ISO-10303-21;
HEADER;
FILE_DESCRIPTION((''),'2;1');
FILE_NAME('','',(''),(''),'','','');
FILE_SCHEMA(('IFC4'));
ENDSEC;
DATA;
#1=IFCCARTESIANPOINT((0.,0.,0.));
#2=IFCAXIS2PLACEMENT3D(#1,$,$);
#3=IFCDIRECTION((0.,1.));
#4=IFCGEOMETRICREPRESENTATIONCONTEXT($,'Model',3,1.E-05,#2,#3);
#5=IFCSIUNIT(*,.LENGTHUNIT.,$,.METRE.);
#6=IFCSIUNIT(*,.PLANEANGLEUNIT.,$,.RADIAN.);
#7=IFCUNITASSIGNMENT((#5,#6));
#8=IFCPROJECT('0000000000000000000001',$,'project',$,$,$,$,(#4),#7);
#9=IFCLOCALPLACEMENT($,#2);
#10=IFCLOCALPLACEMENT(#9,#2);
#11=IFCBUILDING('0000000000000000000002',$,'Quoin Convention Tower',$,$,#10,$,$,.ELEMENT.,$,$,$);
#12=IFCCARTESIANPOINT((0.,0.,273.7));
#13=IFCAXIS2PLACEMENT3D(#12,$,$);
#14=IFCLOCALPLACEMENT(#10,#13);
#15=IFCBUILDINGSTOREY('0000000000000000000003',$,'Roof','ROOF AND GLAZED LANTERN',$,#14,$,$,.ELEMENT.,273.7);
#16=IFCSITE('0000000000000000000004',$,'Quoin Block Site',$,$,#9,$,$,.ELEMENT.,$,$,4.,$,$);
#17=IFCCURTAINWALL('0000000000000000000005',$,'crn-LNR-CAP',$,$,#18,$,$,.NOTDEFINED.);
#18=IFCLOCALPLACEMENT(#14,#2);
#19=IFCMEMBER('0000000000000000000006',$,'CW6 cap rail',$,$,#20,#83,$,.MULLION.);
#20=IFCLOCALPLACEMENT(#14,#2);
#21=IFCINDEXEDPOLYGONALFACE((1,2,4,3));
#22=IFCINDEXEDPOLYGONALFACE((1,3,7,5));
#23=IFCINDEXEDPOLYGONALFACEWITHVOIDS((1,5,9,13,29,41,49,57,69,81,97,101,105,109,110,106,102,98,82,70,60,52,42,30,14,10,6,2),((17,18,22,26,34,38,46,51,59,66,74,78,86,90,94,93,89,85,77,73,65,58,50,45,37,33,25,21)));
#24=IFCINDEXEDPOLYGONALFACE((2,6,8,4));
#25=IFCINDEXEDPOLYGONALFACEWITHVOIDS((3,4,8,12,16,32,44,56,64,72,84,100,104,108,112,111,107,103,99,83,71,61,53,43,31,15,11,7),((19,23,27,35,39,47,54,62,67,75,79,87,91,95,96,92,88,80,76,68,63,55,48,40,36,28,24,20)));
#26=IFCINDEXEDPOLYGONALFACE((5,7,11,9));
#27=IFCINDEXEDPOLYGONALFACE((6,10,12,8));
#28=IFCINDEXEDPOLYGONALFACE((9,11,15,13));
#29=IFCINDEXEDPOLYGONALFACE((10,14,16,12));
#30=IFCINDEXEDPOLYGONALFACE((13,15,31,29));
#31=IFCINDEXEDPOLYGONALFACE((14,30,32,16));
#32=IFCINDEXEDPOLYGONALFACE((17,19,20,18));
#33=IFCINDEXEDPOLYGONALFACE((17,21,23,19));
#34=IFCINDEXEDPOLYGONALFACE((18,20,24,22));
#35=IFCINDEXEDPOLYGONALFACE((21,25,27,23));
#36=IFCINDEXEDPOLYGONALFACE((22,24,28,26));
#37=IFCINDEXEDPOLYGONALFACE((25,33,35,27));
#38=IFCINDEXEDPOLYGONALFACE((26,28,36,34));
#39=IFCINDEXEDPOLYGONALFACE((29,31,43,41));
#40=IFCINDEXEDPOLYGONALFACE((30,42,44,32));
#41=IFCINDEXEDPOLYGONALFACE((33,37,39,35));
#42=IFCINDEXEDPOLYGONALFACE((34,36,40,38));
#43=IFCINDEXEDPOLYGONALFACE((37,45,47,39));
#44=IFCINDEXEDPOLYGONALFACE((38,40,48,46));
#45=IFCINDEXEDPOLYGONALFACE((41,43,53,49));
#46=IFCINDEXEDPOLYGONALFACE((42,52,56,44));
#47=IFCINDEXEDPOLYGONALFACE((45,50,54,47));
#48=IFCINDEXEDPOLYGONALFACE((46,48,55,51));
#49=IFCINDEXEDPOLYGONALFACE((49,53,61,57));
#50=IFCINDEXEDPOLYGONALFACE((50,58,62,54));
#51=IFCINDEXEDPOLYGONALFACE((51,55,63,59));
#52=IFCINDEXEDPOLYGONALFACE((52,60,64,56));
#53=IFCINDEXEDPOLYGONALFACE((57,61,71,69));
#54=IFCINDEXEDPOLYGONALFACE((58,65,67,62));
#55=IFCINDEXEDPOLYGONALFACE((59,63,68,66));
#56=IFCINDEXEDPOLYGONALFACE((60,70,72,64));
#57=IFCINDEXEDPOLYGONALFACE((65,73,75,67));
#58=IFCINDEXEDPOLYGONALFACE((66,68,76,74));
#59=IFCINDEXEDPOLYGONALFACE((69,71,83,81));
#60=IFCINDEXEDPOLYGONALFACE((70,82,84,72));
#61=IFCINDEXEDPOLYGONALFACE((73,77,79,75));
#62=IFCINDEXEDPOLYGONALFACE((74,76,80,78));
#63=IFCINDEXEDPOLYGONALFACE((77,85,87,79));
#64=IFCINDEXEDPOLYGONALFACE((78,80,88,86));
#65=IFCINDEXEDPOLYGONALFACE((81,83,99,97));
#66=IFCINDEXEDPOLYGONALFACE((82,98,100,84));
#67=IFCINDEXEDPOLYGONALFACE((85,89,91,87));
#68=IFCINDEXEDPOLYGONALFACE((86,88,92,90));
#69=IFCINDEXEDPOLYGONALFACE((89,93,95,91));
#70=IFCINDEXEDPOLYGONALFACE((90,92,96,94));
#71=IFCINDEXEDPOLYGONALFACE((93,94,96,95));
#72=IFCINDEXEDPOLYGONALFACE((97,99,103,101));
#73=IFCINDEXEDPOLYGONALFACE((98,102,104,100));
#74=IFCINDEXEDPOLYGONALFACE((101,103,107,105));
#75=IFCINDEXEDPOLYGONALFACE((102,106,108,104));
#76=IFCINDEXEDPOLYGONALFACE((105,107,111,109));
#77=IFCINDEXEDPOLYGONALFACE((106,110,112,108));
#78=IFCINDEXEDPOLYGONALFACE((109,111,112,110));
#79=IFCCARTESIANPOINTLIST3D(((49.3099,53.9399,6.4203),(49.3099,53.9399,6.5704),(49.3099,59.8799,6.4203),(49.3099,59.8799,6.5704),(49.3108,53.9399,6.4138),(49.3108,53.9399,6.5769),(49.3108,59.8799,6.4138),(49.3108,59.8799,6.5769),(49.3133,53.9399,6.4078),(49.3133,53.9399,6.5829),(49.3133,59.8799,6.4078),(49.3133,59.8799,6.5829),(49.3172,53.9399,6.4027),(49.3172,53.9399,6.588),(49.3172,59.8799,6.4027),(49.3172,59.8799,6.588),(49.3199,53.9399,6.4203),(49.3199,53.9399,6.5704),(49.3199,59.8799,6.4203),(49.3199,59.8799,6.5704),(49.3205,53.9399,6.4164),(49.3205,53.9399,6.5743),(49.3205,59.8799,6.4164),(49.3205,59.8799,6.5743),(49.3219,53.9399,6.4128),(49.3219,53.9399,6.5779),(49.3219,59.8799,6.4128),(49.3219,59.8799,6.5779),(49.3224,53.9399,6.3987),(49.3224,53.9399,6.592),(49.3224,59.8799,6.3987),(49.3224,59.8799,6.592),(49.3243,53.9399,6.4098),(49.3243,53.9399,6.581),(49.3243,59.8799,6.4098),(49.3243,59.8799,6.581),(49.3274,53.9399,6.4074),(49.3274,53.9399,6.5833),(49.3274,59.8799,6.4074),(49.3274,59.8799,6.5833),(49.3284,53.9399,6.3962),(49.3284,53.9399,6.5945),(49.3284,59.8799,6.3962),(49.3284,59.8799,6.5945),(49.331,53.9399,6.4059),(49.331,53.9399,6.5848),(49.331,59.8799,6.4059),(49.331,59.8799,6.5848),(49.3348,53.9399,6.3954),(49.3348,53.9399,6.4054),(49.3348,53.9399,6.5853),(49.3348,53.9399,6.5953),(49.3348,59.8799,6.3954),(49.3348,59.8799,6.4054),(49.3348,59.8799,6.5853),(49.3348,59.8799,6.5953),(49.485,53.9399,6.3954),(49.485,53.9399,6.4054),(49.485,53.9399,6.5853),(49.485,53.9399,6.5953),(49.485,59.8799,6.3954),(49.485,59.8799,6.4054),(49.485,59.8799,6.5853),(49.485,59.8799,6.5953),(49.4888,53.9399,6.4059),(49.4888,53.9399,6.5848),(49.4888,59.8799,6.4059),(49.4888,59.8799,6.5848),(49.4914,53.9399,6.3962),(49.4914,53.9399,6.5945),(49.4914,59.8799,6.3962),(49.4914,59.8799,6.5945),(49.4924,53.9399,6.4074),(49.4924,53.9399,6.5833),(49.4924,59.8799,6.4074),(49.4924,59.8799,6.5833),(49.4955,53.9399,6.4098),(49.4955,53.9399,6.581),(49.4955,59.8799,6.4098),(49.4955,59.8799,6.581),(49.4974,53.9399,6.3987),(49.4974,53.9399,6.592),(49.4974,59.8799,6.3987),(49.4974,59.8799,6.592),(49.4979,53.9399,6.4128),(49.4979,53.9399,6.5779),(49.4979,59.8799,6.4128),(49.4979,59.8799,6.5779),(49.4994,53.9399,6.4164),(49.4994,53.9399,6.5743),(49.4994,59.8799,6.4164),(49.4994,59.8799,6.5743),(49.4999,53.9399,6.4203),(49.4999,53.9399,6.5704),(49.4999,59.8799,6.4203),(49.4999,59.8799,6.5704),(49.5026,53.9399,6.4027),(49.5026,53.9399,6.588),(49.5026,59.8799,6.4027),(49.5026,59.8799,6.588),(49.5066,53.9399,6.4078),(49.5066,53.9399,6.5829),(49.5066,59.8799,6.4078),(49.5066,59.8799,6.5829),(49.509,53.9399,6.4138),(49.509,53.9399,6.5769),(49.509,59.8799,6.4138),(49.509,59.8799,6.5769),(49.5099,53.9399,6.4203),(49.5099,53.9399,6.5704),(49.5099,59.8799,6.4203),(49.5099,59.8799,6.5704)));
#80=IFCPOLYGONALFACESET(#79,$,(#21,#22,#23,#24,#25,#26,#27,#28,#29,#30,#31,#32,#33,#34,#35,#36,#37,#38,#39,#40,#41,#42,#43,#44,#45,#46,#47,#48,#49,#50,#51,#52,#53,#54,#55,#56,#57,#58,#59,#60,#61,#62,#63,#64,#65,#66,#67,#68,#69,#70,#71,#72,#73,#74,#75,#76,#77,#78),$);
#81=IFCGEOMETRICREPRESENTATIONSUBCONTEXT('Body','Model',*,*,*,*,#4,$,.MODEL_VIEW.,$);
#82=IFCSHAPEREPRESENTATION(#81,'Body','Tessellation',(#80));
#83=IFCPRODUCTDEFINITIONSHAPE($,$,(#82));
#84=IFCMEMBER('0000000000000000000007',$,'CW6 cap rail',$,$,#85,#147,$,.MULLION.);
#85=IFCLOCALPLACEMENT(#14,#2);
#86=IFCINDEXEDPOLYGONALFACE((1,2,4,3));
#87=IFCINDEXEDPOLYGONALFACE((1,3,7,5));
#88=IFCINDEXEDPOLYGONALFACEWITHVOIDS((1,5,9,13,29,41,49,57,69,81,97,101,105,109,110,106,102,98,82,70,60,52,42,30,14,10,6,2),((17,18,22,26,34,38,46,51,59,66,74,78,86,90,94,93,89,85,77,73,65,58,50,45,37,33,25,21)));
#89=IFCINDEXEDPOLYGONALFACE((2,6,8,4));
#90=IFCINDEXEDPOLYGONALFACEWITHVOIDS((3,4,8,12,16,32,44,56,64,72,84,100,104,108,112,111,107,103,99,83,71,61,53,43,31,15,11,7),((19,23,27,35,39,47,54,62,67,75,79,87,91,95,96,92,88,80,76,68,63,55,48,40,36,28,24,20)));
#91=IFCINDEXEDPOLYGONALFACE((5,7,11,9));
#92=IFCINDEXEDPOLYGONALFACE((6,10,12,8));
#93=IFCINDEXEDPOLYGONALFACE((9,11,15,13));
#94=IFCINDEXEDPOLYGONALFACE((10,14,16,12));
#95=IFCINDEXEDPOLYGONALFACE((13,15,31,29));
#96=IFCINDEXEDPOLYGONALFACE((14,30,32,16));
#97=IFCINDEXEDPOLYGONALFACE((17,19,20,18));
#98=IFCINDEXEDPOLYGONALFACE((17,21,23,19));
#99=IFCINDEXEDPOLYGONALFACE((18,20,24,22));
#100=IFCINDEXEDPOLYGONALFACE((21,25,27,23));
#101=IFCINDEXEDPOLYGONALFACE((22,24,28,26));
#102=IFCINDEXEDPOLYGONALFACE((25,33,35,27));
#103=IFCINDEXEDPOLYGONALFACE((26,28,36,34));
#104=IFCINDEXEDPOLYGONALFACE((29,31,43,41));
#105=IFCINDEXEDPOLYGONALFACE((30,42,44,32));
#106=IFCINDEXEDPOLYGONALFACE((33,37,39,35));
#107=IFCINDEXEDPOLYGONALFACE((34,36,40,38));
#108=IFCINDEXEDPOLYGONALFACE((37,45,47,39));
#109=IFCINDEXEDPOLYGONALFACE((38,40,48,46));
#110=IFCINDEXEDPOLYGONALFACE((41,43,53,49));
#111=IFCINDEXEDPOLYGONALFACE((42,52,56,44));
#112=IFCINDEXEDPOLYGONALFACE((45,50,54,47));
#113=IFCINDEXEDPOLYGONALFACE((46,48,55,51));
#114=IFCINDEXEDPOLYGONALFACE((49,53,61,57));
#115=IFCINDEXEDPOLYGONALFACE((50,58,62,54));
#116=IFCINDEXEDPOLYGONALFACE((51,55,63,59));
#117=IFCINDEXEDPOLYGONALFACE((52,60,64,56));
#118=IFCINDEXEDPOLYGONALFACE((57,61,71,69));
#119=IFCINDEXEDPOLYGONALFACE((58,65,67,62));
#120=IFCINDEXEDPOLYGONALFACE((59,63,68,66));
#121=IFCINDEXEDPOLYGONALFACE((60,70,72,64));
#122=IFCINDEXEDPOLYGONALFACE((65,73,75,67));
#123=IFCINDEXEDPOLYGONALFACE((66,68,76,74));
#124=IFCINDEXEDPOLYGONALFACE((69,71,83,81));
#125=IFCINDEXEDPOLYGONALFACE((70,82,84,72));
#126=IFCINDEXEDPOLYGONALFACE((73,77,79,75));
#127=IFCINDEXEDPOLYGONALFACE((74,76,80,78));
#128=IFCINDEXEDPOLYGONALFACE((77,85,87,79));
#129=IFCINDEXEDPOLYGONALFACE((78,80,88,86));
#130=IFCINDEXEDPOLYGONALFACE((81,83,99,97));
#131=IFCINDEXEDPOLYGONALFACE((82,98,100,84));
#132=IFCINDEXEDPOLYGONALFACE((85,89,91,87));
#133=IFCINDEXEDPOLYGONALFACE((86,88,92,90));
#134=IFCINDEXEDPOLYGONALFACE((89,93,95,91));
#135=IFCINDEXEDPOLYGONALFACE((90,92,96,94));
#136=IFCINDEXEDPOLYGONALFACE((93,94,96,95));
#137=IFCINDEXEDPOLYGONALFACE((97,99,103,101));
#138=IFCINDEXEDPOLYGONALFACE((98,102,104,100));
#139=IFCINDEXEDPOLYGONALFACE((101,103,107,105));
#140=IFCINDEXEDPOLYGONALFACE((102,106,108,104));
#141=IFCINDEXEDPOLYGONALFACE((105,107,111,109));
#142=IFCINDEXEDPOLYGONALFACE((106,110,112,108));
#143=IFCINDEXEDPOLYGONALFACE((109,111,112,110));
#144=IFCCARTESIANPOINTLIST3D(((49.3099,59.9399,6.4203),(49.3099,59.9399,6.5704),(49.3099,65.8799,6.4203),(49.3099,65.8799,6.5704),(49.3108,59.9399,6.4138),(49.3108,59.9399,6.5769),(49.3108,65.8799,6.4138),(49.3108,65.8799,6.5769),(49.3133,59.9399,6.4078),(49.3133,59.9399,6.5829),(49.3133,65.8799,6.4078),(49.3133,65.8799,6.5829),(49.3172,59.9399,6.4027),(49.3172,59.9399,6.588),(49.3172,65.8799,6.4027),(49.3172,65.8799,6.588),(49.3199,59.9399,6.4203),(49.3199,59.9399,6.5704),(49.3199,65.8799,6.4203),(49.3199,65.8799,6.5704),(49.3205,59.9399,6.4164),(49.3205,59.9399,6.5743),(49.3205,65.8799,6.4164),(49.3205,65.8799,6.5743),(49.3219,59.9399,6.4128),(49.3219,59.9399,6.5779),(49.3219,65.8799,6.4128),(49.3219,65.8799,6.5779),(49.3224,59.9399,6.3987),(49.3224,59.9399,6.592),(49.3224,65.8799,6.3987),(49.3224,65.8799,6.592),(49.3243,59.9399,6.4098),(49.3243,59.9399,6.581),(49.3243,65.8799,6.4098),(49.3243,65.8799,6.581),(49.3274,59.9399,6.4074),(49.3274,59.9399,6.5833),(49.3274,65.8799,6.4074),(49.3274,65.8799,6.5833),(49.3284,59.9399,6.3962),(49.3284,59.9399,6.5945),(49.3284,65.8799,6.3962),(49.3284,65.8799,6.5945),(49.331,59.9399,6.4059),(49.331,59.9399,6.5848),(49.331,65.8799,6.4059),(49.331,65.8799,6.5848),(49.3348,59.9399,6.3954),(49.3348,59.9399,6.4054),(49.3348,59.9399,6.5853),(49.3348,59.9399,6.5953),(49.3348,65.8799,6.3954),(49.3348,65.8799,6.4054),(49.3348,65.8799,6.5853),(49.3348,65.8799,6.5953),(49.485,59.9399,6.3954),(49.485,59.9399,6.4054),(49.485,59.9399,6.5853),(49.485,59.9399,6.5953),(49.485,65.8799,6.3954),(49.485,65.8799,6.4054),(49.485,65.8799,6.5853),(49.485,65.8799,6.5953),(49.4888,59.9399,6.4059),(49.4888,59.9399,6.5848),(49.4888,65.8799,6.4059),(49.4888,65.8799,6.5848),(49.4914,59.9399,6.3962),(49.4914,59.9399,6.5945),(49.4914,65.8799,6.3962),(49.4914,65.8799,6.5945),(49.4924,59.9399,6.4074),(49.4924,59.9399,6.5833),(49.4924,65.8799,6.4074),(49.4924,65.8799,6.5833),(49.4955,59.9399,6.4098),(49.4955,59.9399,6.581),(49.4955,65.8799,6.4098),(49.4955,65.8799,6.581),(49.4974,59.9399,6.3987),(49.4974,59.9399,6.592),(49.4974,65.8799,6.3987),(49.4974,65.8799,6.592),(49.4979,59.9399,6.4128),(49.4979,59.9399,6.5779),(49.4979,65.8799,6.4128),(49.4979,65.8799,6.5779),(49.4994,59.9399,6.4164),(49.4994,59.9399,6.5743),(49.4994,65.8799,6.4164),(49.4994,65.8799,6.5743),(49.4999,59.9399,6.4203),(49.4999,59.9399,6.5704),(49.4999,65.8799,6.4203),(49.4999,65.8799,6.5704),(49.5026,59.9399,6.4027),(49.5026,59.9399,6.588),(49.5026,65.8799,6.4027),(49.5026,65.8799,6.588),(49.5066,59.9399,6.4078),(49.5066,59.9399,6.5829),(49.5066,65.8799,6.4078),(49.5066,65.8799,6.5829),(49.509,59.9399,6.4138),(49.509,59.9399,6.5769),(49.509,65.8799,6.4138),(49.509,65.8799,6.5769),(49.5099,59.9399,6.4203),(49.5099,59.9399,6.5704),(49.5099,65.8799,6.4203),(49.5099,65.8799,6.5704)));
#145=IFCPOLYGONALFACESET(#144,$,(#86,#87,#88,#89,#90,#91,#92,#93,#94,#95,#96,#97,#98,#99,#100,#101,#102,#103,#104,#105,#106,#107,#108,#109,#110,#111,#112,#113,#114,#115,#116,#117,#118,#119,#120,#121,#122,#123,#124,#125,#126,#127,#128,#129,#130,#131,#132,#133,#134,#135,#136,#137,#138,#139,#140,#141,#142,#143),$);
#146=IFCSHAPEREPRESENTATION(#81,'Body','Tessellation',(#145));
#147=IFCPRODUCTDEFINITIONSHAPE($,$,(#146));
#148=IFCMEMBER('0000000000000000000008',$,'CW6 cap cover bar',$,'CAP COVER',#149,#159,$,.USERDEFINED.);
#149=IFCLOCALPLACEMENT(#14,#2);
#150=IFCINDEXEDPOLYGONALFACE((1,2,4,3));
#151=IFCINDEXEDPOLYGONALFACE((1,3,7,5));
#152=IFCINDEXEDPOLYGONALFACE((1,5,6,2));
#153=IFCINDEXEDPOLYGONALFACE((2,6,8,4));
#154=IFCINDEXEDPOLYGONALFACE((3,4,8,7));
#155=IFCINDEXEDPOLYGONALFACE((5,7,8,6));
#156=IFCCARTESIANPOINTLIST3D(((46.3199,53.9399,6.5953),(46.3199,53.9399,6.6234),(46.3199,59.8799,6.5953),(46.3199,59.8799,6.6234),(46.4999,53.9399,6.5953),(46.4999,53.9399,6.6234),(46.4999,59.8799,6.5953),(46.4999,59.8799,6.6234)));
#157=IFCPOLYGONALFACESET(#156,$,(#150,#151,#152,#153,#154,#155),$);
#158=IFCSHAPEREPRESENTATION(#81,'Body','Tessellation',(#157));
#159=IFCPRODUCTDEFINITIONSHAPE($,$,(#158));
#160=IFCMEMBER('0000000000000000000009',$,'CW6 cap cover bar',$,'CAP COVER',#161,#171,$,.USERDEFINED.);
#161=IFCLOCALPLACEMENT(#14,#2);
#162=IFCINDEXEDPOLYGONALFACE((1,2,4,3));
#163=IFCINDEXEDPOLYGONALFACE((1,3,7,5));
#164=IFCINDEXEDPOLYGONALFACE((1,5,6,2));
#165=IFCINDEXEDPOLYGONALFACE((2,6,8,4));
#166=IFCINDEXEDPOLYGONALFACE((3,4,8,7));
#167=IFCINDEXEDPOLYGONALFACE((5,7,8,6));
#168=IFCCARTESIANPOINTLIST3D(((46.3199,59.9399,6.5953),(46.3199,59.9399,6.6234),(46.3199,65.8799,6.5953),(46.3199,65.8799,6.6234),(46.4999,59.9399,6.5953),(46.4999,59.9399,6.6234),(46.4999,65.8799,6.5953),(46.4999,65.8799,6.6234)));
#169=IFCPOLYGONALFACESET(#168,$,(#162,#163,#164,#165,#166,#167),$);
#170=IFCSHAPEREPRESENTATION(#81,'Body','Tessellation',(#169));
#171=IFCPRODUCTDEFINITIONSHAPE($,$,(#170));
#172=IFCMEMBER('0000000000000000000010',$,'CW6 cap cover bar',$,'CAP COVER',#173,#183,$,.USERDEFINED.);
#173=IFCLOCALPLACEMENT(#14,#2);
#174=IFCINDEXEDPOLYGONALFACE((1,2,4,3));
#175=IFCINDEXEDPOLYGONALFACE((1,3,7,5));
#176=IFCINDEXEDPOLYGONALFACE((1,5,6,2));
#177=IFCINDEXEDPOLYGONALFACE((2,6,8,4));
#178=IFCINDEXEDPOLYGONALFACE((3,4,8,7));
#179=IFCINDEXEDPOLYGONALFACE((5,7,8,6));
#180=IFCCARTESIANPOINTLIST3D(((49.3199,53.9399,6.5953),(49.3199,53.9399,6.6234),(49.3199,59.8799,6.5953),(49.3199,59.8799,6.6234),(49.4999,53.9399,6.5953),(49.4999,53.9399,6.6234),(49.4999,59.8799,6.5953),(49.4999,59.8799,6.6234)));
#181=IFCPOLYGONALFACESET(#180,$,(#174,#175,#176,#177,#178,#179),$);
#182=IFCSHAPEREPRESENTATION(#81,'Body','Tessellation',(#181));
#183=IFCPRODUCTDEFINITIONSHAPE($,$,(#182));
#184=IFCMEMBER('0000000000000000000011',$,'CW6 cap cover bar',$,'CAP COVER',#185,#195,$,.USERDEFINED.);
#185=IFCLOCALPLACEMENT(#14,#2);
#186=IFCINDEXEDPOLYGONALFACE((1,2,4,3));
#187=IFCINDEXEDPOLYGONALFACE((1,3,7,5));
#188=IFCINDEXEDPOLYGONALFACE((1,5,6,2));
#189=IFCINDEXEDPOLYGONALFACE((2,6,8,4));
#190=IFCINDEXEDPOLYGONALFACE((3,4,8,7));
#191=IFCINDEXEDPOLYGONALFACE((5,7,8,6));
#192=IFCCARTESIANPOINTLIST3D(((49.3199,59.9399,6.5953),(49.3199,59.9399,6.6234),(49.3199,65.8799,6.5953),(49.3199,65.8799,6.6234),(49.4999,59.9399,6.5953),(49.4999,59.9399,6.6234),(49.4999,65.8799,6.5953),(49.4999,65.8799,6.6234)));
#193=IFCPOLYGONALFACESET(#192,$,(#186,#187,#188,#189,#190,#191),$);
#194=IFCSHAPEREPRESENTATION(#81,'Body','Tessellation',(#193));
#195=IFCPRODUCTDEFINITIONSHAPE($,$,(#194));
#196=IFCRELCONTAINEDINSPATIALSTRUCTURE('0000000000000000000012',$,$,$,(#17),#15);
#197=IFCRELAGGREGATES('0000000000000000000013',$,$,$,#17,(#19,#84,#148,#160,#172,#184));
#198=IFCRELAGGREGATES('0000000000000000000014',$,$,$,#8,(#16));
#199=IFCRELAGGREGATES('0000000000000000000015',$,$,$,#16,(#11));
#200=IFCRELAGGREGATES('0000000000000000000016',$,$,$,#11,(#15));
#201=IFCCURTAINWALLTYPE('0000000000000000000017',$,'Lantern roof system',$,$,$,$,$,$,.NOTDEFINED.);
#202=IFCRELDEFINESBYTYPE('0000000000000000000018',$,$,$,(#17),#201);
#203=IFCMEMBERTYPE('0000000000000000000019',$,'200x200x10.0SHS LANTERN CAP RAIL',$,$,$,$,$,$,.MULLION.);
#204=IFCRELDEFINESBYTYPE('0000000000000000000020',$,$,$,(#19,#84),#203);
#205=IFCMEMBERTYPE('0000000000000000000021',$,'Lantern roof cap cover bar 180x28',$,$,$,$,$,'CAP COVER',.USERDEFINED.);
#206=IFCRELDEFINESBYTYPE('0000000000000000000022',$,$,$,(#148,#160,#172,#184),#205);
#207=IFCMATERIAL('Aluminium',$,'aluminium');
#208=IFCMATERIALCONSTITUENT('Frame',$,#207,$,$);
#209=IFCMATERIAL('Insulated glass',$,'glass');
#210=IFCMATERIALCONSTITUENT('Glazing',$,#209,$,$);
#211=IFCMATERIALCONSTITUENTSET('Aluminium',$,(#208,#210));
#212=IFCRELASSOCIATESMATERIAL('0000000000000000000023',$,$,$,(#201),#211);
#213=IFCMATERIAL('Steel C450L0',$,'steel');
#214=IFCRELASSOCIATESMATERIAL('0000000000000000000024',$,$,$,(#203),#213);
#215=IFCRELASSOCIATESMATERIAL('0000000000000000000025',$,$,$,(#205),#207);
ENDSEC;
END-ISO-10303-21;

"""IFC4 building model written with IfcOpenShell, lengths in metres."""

from ifc_helpers import new_model, si_unit, direction, frame, origin, origin_2d, place, context, subcontext, project, spatial, rectangle, hollow_rectangle, extrude, material, constituent, constituent_set, material_profile, profile_set, type_object, element, aggregate, save


model = new_model("IFC4")

# Units and contexts
model_context = context("Model", 3, precision=1e-05, world=origin(), true_north=direction((0.0, 1.0)))
body_context = subcontext(model_context, "Body", "Model", "MODEL_VIEW")
ifc_project = project(units=[si_unit("LENGTHUNIT", "METRE"), si_unit("PLANEANGLEUNIT", "RADIAN")], contexts=[model_context])

# Site, building, storey
site_placement = place(None, origin())
site = spatial("IfcSite", under=ifc_project, at=site_placement, Name="Quoin Block Site", CompositionType="ELEMENT", RefElevation=4.0)
building_placement = place(site_placement, origin())
building = spatial("IfcBuilding", under=site, at=building_placement, Name="Quoin Convention Tower", CompositionType="ELEMENT")
storey_placement = place(building_placement, frame((0.0, 0.0, 273.7)))
storey = spatial("IfcBuildingStorey", under=building, at=storey_placement, Name="Roof", Description="ROOF AND GLAZED LANTERN", CompositionType="ELEMENT", Elevation=273.7)

# Curtain wall, members
ifc_material_1 = material(Name="Aluminium", Category="aluminium")
ifc_constituent_1 = constituent(ifc_material_1, Name="Frame")
ifc_material_2 = material(Name="Insulated glass", Category="glass")
ifc_constituent_2 = constituent(ifc_material_2, Name="Glazing")
ifc_constituent_set = constituent_set(constituents=[ifc_constituent_1, ifc_constituent_2], Name="Aluminium")
curtain_wall_type = type_object("IfcCurtainWallType", Name="Lantern roof system", PredefinedType="NOTDEFINED", material=ifc_constituent_set)
curtain_wall_placement = place(storey_placement, origin())
curtain_wall = element("IfcCurtainWall", 1, at=curtain_wall_placement, inside=storey, type_object=curtain_wall_type, Name="crn-LNR-CAP", PredefinedType="NOTDEFINED")
ifc_material_3 = material(Name="Steel C450L0", Category="steel")
ifc_material_profile_1 = material_profile(ifc_material_3, hollow_rectangle(XDim=0.2, YDim=0.2, WallThickness=0.01, InnerFilletRadius=0.0149, OuterFilletRadius=0.0249, at=origin_2d()), Name="200x200x10.0SHS")
ifc_profile_set_1 = profile_set([ifc_material_profile_1], Name="Steel C450L0")
member_type_1 = type_object("IfcMemberType", Name="200x200x10.0SHS LANTERN CAP RAIL", PredefinedType="MULLION", material=ifc_profile_set_1)
member_1_placement = place(storey_placement, frame((49.4099, 53.9399, 6.4954), z_axis=(0.0, 1.0, 0.0), x_axis=(-1.0, 0.0, 0.0)))
member_1 = element("IfcMember", 2, at=member_1_placement, type_object=member_type_1, Name="CW6 cap rail", PredefinedType="MULLION", context=body_context, shape_type="SweptSolid", body=[
    extrude(hollow_rectangle(XDim=0.2, YDim=0.2, WallThickness=0.01, InnerFilletRadius=0.0149, OuterFilletRadius=0.0249, at=origin_2d()), origin(), (0.0, 0.0, 1.0), 5.9399),
])
member_2_placement = place(storey_placement, frame((49.4099, 59.9399, 6.4954), z_axis=(0.0, 1.0, 0.0), x_axis=(-1.0, 0.0, 0.0)))
member_2 = element("IfcMember", 3, at=member_2_placement, type_object=member_type_1, Name="CW6 cap rail", PredefinedType="MULLION", context=body_context, shape_type="SweptSolid", body=[
    extrude(hollow_rectangle(XDim=0.2, YDim=0.2, WallThickness=0.01, InnerFilletRadius=0.0149, OuterFilletRadius=0.0249, at=origin_2d()), origin(), (0.0, 0.0, 1.0), 5.9399),
])
ifc_material_profile_2 = material_profile(ifc_material_1, rectangle(XDim=0.0281, YDim=0.1799, at=origin_2d()), Name="Lantern roof cap cover bar 180x28")
ifc_profile_set_2 = profile_set([ifc_material_profile_2], Name="Aluminium")
member_type_2 = type_object("IfcMemberType", Name="Lantern roof cap cover bar 180x28", ElementType="CAP COVER", PredefinedType="USERDEFINED", material=ifc_profile_set_2)
member_3_placement = place(storey_placement, frame((46.4099, 53.9399, 6.6094), z_axis=(0.0, 1.0, 0.0), x_axis=(0.0, 0.0, 1.0)))
member_3 = element("IfcMember", 4, at=member_3_placement, type_object=member_type_2, Name="CW6 cap cover bar", ObjectType="CAP COVER", PredefinedType="USERDEFINED", context=body_context, shape_type="SweptSolid", body=[
    extrude(rectangle(XDim=0.0281, YDim=0.1799, at=origin_2d()), origin(), (0.0, 0.0, 1.0), 5.9399),
])
member_4_placement = place(storey_placement, frame((46.4099, 59.9399, 6.6094), z_axis=(0.0, 1.0, 0.0), x_axis=(0.0, 0.0, 1.0)))
member_4 = element("IfcMember", 5, at=member_4_placement, type_object=member_type_2, Name="CW6 cap cover bar", ObjectType="CAP COVER", PredefinedType="USERDEFINED", context=body_context, shape_type="SweptSolid", body=[
    extrude(rectangle(XDim=0.0281, YDim=0.1799, at=origin_2d()), origin(), (0.0, 0.0, 1.0), 5.9399),
])
member_5_placement = place(storey_placement, frame((49.4099, 53.9399, 6.6094), z_axis=(0.0, 1.0, 0.0), x_axis=(0.0, 0.0, 1.0)))
member_5 = element("IfcMember", 6, at=member_5_placement, type_object=member_type_2, Name="CW6 cap cover bar", ObjectType="CAP COVER", PredefinedType="USERDEFINED", context=body_context, shape_type="SweptSolid", body=[
    extrude(rectangle(XDim=0.0281, YDim=0.1799, at=origin_2d()), origin(), (0.0, 0.0, 1.0), 5.9399),
])
member_6_placement = place(storey_placement, frame((49.4099, 59.9399, 6.6094), z_axis=(0.0, 1.0, 0.0), x_axis=(0.0, 0.0, 1.0)))
member_6 = element("IfcMember", 7, at=member_6_placement, type_object=member_type_2, Name="CW6 cap cover bar", ObjectType="CAP COVER", PredefinedType="USERDEFINED", context=body_context, shape_type="SweptSolid", body=[
    extrude(rectangle(XDim=0.0281, YDim=0.1799, at=origin_2d()), origin(), (0.0, 0.0, 1.0), 5.9399),
])
aggregate(curtain_wall, [member_1, member_2, member_3, member_4, member_5, member_6])

save(model, "model.ifc")
